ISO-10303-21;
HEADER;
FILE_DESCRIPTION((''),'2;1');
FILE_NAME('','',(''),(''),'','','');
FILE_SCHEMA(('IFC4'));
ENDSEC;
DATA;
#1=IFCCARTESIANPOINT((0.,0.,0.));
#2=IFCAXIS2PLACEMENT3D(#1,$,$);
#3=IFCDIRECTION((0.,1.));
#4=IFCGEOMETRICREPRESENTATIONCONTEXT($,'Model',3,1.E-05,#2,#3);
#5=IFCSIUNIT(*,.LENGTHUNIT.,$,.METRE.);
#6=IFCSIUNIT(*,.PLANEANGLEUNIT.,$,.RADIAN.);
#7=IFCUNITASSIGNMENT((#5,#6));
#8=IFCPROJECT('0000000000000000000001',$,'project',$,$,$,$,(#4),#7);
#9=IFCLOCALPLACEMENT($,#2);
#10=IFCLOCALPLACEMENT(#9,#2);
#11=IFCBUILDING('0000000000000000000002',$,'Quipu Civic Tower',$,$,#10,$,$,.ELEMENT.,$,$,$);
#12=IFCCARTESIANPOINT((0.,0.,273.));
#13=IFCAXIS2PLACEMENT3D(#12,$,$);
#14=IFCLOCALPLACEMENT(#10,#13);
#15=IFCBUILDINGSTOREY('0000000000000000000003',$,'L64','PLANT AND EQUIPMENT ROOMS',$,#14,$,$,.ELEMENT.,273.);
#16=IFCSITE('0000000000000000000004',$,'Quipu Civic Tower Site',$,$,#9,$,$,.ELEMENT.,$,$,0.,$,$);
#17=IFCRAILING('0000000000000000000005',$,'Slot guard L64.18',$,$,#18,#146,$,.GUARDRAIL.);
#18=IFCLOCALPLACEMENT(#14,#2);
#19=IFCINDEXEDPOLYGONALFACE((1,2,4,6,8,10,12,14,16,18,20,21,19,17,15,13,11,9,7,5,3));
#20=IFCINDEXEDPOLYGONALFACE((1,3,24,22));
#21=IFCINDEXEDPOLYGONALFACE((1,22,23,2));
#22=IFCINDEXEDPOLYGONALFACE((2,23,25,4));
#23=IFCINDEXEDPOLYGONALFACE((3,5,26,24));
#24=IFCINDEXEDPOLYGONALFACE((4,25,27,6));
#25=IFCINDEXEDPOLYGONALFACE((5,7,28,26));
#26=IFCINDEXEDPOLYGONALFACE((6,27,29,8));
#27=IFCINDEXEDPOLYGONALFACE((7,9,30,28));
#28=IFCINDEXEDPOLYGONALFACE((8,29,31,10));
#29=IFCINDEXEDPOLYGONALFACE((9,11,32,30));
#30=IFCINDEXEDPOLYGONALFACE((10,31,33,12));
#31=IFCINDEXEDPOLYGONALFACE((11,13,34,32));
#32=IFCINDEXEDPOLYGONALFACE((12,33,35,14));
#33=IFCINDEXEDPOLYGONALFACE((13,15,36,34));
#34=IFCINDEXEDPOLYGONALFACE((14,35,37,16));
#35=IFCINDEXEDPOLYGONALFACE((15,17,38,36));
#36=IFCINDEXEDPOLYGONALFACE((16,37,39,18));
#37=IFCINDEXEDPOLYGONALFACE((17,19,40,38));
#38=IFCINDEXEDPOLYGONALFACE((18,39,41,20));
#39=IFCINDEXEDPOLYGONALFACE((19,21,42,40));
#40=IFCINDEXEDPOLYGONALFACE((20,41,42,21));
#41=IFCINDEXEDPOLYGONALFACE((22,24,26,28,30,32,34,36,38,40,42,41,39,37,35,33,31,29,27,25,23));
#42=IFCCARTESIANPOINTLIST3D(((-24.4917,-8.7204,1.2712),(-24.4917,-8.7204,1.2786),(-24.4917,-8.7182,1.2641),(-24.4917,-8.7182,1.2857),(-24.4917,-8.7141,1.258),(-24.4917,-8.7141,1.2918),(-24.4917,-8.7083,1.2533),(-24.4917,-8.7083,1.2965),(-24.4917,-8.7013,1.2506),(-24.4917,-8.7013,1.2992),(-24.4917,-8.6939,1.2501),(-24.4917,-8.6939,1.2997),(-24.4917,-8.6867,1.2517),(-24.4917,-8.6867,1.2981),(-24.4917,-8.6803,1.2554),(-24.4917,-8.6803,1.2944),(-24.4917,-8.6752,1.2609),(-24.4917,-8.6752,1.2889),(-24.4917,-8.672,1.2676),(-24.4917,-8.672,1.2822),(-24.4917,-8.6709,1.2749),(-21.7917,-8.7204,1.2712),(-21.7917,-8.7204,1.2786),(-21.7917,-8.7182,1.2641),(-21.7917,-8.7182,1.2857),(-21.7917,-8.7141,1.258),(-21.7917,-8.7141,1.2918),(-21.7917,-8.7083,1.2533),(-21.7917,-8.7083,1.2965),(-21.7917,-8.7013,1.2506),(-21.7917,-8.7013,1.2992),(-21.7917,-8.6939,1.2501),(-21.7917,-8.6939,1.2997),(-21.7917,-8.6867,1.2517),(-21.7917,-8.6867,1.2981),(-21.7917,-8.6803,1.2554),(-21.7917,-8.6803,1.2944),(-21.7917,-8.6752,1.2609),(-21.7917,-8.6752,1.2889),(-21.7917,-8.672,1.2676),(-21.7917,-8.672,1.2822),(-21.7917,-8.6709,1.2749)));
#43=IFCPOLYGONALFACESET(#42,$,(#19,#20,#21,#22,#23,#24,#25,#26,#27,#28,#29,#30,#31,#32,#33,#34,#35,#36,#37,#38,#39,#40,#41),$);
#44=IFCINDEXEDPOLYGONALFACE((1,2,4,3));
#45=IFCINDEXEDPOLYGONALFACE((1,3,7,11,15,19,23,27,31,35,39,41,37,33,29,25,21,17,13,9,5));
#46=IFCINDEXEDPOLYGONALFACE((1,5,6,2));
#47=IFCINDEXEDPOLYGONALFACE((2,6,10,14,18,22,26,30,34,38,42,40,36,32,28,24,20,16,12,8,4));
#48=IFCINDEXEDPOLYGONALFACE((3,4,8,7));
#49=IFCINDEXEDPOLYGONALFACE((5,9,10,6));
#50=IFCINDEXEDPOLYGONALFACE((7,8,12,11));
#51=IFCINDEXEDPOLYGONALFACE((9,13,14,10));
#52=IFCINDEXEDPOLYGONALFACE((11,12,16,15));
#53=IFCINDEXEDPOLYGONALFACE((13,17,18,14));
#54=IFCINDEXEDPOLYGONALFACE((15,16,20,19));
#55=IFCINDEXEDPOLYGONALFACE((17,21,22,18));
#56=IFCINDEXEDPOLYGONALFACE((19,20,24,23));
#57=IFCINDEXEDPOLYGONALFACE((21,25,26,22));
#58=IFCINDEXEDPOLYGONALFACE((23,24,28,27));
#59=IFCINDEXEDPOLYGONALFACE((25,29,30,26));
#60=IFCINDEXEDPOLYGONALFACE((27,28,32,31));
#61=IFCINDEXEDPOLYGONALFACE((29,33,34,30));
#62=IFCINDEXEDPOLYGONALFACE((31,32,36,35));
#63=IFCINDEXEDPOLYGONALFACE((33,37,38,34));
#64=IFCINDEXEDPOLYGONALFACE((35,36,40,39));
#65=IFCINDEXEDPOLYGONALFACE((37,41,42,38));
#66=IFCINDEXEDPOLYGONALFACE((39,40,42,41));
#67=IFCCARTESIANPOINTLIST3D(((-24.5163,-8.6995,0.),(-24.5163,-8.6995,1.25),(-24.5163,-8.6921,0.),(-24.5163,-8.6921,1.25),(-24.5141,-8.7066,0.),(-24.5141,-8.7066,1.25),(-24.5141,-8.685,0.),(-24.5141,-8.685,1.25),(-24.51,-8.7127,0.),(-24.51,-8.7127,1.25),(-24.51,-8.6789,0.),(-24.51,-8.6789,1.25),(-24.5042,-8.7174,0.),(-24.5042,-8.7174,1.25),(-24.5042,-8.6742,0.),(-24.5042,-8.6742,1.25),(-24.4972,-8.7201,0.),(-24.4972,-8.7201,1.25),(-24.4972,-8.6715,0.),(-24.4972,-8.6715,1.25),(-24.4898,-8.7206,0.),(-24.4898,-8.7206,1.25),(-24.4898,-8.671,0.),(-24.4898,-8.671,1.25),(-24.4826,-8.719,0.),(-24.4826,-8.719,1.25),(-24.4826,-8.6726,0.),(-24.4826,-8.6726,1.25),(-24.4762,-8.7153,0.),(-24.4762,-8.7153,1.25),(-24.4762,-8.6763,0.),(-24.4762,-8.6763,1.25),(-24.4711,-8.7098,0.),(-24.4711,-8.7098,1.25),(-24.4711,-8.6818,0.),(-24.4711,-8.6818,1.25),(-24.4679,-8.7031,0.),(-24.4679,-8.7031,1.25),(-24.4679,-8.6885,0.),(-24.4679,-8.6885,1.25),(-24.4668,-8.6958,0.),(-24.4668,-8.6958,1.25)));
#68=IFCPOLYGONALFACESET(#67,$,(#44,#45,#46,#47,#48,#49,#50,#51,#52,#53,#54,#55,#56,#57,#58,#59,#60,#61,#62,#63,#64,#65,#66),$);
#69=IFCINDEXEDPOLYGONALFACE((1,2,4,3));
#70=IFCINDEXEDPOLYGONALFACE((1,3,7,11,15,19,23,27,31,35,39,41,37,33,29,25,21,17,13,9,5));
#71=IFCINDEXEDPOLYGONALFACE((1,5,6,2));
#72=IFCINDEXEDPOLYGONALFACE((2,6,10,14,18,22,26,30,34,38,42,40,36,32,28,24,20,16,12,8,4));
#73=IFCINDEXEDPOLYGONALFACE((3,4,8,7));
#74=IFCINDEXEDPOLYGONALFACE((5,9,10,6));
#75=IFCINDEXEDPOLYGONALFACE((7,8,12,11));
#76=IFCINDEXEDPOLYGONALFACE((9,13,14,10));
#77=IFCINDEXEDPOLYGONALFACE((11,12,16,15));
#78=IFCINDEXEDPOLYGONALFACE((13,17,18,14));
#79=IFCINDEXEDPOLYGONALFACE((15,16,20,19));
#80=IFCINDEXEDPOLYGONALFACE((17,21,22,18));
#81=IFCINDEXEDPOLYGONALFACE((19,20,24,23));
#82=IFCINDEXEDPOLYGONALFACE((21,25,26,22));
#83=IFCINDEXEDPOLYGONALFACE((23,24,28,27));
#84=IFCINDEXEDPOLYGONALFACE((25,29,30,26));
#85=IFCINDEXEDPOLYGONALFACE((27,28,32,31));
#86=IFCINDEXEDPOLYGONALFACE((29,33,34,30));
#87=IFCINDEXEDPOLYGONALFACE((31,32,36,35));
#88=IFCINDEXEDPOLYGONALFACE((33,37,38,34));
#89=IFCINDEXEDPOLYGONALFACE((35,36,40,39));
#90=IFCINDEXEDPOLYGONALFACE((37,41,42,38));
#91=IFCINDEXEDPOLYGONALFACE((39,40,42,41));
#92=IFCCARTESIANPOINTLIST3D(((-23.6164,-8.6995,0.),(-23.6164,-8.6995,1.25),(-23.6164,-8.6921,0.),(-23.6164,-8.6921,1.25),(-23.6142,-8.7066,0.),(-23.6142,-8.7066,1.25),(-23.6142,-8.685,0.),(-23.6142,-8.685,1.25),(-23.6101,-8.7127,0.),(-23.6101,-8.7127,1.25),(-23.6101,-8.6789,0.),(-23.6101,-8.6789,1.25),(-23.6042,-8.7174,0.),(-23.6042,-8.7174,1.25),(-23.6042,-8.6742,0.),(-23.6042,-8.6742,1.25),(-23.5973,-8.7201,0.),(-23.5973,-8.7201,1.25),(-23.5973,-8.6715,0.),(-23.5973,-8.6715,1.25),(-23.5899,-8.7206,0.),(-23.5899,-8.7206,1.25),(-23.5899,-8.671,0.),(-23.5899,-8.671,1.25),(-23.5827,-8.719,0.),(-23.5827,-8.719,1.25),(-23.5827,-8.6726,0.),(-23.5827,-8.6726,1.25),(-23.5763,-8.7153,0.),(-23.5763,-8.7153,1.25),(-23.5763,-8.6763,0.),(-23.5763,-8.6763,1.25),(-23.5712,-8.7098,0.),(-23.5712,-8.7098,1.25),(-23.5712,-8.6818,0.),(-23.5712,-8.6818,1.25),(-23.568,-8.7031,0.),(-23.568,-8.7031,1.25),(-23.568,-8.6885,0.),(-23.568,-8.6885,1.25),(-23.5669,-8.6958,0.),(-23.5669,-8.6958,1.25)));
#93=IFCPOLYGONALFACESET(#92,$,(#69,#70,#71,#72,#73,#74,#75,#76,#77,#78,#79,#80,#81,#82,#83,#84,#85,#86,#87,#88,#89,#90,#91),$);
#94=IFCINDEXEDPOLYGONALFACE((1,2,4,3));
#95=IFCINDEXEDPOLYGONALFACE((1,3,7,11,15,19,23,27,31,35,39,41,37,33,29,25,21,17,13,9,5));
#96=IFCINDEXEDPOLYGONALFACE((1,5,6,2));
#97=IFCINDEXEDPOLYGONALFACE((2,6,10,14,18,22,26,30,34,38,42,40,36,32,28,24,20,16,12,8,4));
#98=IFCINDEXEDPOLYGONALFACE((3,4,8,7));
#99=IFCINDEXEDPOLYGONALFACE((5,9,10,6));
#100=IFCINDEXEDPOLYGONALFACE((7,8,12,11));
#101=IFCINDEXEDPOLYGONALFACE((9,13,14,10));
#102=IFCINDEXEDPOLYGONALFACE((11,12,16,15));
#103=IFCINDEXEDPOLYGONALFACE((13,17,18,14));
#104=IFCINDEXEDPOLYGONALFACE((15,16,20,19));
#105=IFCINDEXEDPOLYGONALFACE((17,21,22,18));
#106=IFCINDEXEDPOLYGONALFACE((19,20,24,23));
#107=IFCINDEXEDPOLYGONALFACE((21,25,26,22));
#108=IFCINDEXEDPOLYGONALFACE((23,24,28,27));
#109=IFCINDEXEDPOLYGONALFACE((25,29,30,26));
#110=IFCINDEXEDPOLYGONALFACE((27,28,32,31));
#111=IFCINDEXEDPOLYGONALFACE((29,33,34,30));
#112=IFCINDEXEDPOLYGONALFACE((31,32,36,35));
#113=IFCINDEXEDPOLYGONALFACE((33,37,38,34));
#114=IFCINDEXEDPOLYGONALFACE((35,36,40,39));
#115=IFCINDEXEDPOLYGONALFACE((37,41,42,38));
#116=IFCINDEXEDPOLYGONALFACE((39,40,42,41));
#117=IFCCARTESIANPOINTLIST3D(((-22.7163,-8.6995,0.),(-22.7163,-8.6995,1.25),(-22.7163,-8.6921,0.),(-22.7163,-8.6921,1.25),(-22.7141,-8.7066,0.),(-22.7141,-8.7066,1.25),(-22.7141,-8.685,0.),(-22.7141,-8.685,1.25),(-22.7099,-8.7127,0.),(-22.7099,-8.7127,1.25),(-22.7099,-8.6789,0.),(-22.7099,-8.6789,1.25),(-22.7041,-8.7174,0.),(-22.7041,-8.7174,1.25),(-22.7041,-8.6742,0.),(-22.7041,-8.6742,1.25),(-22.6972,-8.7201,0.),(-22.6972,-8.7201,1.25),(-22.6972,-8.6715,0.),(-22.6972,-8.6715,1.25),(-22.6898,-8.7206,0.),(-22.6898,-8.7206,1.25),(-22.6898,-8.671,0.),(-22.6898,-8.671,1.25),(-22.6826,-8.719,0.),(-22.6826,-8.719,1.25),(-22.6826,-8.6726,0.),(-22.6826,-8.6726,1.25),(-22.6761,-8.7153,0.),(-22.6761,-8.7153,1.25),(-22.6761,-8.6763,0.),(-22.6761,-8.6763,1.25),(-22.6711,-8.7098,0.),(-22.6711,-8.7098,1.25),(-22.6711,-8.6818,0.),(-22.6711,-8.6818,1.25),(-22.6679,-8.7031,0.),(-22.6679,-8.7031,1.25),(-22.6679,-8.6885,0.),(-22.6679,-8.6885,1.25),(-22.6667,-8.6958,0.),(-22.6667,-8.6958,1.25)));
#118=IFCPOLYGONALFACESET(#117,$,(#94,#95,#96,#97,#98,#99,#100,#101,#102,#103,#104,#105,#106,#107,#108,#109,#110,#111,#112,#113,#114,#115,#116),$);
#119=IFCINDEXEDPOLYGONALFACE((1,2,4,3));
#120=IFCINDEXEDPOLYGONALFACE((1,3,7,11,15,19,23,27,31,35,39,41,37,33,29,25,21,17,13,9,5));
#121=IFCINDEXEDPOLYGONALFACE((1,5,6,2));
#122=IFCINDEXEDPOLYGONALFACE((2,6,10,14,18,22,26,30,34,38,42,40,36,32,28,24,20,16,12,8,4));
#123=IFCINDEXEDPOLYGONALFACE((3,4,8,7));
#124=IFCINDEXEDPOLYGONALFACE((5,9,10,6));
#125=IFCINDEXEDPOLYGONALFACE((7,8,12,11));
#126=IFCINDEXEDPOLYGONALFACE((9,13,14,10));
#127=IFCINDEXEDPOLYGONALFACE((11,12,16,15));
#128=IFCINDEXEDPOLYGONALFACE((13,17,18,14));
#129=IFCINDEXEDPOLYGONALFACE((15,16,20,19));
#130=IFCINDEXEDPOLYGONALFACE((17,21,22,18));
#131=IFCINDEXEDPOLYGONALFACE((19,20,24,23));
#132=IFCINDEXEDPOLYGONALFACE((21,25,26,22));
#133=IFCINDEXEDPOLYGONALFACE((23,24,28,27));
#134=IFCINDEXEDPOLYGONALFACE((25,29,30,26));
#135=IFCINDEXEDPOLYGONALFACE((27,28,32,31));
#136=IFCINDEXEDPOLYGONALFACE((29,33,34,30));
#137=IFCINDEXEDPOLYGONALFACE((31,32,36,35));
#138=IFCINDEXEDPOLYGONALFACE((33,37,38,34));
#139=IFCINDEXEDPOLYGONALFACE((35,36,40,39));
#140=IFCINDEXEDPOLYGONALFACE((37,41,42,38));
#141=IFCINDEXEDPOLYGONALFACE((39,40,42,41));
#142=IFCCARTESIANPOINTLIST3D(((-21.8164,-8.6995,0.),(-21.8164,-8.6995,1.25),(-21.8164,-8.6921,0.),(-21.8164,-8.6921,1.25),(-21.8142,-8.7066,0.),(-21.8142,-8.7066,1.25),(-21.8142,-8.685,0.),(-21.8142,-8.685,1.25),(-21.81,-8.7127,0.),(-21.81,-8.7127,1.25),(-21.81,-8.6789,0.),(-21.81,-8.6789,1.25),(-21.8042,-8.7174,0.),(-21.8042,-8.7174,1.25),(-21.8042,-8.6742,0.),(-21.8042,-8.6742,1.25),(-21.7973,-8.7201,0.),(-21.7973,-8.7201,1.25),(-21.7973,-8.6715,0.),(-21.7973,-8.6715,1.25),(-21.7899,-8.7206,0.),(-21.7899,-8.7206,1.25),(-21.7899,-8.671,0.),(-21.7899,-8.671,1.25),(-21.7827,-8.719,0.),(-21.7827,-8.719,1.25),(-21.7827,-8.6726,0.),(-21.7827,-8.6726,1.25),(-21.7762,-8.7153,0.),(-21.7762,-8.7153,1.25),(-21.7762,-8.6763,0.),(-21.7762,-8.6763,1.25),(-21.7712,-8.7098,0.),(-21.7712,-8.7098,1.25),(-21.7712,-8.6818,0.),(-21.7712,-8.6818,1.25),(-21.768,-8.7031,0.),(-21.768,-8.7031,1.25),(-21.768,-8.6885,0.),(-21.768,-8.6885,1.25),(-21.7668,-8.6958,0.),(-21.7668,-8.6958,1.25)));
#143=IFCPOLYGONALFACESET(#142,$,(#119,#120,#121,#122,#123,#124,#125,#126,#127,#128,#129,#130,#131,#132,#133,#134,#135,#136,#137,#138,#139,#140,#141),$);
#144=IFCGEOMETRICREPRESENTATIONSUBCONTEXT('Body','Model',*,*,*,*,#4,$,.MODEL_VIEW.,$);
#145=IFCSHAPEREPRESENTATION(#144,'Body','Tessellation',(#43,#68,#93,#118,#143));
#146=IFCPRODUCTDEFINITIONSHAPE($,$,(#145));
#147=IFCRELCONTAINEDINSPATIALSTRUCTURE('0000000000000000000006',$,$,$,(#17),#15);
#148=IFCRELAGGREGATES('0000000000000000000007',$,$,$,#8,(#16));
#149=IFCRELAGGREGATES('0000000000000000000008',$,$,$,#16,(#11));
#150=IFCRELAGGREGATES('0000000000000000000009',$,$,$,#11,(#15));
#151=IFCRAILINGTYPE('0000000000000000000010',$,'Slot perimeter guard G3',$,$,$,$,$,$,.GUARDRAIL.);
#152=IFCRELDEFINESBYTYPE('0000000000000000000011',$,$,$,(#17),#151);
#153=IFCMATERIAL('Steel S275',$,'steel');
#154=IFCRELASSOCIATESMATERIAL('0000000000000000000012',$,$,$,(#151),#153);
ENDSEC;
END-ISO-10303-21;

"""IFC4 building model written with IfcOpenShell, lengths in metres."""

from ifc_helpers import new_model, si_unit, direction, frame, origin, origin_2d, place, context, subcontext, project, spatial, circle, extrude, material, type_object, element, save


model = new_model("IFC4")

# Units and contexts
model_context = context("Model", 3, precision=1e-05, world=origin(), true_north=direction((0.0, 1.0)))
body_context = subcontext(model_context, "Body", "Model", "MODEL_VIEW")
ifc_project = project(units=[si_unit("LENGTHUNIT", "METRE"), si_unit("PLANEANGLEUNIT", "RADIAN")], contexts=[model_context])

# Site, building, storey
site_placement = place(None, origin())
site = spatial("IfcSite", under=ifc_project, at=site_placement, Name="Quipu Civic Tower Site", CompositionType="ELEMENT", RefElevation=0.0)
building_placement = place(site_placement, origin())
building = spatial("IfcBuilding", under=site, at=building_placement, Name="Quipu Civic Tower", CompositionType="ELEMENT")
storey_placement = place(building_placement, frame((0.0, 0.0, 273.0)))
storey = spatial("IfcBuildingStorey", under=building, at=storey_placement, Name="L64", Description="PLANT AND EQUIPMENT ROOMS", CompositionType="ELEMENT", Elevation=273.0)

# Railing
ifc_material_1 = material(Name="Steel S275", Category="steel")
railing_type = type_object("IfcRailingType", Name="Slot perimeter guard G3", PredefinedType="GUARDRAIL", material=ifc_material_1)
railing_1_placement = place(storey_placement, frame((-24.4917, -8.6958, 0.0)))
element("IfcRailing", 1, at=railing_1_placement, inside=storey, type_object=railing_type, Name="Slot guard L64.18", PredefinedType="GUARDRAIL", context=body_context, shape_type="SweptSolid", body=[
    extrude(circle(Radius=0.0249, at=origin_2d()), frame((0.0, 0.0, 1.2749), z_axis=(1.0, 0.0, 0.0), x_axis=(0.0, 1.0, 0.0)), (0.0, 0.0, 1.0), 2.7),
    extrude(circle(Radius=0.0249, at=origin_2d()), origin(), (0.0, 0.0, 1.0), 1.25),
    extrude(circle(Radius=0.0249, at=origin_2d()), frame((0.8999, 0.0, 0.0)), (0.0, 0.0, 1.0), 1.25),
    extrude(circle(Radius=0.0249, at=origin_2d()), frame((1.8, 0.0, 0.0)), (0.0, 0.0, 1.0), 1.25),
    extrude(circle(Radius=0.0249, at=origin_2d()), frame((2.7, 0.0, 0.0)), (0.0, 0.0, 1.0), 1.25),
])

save(model, "model.ifc")
